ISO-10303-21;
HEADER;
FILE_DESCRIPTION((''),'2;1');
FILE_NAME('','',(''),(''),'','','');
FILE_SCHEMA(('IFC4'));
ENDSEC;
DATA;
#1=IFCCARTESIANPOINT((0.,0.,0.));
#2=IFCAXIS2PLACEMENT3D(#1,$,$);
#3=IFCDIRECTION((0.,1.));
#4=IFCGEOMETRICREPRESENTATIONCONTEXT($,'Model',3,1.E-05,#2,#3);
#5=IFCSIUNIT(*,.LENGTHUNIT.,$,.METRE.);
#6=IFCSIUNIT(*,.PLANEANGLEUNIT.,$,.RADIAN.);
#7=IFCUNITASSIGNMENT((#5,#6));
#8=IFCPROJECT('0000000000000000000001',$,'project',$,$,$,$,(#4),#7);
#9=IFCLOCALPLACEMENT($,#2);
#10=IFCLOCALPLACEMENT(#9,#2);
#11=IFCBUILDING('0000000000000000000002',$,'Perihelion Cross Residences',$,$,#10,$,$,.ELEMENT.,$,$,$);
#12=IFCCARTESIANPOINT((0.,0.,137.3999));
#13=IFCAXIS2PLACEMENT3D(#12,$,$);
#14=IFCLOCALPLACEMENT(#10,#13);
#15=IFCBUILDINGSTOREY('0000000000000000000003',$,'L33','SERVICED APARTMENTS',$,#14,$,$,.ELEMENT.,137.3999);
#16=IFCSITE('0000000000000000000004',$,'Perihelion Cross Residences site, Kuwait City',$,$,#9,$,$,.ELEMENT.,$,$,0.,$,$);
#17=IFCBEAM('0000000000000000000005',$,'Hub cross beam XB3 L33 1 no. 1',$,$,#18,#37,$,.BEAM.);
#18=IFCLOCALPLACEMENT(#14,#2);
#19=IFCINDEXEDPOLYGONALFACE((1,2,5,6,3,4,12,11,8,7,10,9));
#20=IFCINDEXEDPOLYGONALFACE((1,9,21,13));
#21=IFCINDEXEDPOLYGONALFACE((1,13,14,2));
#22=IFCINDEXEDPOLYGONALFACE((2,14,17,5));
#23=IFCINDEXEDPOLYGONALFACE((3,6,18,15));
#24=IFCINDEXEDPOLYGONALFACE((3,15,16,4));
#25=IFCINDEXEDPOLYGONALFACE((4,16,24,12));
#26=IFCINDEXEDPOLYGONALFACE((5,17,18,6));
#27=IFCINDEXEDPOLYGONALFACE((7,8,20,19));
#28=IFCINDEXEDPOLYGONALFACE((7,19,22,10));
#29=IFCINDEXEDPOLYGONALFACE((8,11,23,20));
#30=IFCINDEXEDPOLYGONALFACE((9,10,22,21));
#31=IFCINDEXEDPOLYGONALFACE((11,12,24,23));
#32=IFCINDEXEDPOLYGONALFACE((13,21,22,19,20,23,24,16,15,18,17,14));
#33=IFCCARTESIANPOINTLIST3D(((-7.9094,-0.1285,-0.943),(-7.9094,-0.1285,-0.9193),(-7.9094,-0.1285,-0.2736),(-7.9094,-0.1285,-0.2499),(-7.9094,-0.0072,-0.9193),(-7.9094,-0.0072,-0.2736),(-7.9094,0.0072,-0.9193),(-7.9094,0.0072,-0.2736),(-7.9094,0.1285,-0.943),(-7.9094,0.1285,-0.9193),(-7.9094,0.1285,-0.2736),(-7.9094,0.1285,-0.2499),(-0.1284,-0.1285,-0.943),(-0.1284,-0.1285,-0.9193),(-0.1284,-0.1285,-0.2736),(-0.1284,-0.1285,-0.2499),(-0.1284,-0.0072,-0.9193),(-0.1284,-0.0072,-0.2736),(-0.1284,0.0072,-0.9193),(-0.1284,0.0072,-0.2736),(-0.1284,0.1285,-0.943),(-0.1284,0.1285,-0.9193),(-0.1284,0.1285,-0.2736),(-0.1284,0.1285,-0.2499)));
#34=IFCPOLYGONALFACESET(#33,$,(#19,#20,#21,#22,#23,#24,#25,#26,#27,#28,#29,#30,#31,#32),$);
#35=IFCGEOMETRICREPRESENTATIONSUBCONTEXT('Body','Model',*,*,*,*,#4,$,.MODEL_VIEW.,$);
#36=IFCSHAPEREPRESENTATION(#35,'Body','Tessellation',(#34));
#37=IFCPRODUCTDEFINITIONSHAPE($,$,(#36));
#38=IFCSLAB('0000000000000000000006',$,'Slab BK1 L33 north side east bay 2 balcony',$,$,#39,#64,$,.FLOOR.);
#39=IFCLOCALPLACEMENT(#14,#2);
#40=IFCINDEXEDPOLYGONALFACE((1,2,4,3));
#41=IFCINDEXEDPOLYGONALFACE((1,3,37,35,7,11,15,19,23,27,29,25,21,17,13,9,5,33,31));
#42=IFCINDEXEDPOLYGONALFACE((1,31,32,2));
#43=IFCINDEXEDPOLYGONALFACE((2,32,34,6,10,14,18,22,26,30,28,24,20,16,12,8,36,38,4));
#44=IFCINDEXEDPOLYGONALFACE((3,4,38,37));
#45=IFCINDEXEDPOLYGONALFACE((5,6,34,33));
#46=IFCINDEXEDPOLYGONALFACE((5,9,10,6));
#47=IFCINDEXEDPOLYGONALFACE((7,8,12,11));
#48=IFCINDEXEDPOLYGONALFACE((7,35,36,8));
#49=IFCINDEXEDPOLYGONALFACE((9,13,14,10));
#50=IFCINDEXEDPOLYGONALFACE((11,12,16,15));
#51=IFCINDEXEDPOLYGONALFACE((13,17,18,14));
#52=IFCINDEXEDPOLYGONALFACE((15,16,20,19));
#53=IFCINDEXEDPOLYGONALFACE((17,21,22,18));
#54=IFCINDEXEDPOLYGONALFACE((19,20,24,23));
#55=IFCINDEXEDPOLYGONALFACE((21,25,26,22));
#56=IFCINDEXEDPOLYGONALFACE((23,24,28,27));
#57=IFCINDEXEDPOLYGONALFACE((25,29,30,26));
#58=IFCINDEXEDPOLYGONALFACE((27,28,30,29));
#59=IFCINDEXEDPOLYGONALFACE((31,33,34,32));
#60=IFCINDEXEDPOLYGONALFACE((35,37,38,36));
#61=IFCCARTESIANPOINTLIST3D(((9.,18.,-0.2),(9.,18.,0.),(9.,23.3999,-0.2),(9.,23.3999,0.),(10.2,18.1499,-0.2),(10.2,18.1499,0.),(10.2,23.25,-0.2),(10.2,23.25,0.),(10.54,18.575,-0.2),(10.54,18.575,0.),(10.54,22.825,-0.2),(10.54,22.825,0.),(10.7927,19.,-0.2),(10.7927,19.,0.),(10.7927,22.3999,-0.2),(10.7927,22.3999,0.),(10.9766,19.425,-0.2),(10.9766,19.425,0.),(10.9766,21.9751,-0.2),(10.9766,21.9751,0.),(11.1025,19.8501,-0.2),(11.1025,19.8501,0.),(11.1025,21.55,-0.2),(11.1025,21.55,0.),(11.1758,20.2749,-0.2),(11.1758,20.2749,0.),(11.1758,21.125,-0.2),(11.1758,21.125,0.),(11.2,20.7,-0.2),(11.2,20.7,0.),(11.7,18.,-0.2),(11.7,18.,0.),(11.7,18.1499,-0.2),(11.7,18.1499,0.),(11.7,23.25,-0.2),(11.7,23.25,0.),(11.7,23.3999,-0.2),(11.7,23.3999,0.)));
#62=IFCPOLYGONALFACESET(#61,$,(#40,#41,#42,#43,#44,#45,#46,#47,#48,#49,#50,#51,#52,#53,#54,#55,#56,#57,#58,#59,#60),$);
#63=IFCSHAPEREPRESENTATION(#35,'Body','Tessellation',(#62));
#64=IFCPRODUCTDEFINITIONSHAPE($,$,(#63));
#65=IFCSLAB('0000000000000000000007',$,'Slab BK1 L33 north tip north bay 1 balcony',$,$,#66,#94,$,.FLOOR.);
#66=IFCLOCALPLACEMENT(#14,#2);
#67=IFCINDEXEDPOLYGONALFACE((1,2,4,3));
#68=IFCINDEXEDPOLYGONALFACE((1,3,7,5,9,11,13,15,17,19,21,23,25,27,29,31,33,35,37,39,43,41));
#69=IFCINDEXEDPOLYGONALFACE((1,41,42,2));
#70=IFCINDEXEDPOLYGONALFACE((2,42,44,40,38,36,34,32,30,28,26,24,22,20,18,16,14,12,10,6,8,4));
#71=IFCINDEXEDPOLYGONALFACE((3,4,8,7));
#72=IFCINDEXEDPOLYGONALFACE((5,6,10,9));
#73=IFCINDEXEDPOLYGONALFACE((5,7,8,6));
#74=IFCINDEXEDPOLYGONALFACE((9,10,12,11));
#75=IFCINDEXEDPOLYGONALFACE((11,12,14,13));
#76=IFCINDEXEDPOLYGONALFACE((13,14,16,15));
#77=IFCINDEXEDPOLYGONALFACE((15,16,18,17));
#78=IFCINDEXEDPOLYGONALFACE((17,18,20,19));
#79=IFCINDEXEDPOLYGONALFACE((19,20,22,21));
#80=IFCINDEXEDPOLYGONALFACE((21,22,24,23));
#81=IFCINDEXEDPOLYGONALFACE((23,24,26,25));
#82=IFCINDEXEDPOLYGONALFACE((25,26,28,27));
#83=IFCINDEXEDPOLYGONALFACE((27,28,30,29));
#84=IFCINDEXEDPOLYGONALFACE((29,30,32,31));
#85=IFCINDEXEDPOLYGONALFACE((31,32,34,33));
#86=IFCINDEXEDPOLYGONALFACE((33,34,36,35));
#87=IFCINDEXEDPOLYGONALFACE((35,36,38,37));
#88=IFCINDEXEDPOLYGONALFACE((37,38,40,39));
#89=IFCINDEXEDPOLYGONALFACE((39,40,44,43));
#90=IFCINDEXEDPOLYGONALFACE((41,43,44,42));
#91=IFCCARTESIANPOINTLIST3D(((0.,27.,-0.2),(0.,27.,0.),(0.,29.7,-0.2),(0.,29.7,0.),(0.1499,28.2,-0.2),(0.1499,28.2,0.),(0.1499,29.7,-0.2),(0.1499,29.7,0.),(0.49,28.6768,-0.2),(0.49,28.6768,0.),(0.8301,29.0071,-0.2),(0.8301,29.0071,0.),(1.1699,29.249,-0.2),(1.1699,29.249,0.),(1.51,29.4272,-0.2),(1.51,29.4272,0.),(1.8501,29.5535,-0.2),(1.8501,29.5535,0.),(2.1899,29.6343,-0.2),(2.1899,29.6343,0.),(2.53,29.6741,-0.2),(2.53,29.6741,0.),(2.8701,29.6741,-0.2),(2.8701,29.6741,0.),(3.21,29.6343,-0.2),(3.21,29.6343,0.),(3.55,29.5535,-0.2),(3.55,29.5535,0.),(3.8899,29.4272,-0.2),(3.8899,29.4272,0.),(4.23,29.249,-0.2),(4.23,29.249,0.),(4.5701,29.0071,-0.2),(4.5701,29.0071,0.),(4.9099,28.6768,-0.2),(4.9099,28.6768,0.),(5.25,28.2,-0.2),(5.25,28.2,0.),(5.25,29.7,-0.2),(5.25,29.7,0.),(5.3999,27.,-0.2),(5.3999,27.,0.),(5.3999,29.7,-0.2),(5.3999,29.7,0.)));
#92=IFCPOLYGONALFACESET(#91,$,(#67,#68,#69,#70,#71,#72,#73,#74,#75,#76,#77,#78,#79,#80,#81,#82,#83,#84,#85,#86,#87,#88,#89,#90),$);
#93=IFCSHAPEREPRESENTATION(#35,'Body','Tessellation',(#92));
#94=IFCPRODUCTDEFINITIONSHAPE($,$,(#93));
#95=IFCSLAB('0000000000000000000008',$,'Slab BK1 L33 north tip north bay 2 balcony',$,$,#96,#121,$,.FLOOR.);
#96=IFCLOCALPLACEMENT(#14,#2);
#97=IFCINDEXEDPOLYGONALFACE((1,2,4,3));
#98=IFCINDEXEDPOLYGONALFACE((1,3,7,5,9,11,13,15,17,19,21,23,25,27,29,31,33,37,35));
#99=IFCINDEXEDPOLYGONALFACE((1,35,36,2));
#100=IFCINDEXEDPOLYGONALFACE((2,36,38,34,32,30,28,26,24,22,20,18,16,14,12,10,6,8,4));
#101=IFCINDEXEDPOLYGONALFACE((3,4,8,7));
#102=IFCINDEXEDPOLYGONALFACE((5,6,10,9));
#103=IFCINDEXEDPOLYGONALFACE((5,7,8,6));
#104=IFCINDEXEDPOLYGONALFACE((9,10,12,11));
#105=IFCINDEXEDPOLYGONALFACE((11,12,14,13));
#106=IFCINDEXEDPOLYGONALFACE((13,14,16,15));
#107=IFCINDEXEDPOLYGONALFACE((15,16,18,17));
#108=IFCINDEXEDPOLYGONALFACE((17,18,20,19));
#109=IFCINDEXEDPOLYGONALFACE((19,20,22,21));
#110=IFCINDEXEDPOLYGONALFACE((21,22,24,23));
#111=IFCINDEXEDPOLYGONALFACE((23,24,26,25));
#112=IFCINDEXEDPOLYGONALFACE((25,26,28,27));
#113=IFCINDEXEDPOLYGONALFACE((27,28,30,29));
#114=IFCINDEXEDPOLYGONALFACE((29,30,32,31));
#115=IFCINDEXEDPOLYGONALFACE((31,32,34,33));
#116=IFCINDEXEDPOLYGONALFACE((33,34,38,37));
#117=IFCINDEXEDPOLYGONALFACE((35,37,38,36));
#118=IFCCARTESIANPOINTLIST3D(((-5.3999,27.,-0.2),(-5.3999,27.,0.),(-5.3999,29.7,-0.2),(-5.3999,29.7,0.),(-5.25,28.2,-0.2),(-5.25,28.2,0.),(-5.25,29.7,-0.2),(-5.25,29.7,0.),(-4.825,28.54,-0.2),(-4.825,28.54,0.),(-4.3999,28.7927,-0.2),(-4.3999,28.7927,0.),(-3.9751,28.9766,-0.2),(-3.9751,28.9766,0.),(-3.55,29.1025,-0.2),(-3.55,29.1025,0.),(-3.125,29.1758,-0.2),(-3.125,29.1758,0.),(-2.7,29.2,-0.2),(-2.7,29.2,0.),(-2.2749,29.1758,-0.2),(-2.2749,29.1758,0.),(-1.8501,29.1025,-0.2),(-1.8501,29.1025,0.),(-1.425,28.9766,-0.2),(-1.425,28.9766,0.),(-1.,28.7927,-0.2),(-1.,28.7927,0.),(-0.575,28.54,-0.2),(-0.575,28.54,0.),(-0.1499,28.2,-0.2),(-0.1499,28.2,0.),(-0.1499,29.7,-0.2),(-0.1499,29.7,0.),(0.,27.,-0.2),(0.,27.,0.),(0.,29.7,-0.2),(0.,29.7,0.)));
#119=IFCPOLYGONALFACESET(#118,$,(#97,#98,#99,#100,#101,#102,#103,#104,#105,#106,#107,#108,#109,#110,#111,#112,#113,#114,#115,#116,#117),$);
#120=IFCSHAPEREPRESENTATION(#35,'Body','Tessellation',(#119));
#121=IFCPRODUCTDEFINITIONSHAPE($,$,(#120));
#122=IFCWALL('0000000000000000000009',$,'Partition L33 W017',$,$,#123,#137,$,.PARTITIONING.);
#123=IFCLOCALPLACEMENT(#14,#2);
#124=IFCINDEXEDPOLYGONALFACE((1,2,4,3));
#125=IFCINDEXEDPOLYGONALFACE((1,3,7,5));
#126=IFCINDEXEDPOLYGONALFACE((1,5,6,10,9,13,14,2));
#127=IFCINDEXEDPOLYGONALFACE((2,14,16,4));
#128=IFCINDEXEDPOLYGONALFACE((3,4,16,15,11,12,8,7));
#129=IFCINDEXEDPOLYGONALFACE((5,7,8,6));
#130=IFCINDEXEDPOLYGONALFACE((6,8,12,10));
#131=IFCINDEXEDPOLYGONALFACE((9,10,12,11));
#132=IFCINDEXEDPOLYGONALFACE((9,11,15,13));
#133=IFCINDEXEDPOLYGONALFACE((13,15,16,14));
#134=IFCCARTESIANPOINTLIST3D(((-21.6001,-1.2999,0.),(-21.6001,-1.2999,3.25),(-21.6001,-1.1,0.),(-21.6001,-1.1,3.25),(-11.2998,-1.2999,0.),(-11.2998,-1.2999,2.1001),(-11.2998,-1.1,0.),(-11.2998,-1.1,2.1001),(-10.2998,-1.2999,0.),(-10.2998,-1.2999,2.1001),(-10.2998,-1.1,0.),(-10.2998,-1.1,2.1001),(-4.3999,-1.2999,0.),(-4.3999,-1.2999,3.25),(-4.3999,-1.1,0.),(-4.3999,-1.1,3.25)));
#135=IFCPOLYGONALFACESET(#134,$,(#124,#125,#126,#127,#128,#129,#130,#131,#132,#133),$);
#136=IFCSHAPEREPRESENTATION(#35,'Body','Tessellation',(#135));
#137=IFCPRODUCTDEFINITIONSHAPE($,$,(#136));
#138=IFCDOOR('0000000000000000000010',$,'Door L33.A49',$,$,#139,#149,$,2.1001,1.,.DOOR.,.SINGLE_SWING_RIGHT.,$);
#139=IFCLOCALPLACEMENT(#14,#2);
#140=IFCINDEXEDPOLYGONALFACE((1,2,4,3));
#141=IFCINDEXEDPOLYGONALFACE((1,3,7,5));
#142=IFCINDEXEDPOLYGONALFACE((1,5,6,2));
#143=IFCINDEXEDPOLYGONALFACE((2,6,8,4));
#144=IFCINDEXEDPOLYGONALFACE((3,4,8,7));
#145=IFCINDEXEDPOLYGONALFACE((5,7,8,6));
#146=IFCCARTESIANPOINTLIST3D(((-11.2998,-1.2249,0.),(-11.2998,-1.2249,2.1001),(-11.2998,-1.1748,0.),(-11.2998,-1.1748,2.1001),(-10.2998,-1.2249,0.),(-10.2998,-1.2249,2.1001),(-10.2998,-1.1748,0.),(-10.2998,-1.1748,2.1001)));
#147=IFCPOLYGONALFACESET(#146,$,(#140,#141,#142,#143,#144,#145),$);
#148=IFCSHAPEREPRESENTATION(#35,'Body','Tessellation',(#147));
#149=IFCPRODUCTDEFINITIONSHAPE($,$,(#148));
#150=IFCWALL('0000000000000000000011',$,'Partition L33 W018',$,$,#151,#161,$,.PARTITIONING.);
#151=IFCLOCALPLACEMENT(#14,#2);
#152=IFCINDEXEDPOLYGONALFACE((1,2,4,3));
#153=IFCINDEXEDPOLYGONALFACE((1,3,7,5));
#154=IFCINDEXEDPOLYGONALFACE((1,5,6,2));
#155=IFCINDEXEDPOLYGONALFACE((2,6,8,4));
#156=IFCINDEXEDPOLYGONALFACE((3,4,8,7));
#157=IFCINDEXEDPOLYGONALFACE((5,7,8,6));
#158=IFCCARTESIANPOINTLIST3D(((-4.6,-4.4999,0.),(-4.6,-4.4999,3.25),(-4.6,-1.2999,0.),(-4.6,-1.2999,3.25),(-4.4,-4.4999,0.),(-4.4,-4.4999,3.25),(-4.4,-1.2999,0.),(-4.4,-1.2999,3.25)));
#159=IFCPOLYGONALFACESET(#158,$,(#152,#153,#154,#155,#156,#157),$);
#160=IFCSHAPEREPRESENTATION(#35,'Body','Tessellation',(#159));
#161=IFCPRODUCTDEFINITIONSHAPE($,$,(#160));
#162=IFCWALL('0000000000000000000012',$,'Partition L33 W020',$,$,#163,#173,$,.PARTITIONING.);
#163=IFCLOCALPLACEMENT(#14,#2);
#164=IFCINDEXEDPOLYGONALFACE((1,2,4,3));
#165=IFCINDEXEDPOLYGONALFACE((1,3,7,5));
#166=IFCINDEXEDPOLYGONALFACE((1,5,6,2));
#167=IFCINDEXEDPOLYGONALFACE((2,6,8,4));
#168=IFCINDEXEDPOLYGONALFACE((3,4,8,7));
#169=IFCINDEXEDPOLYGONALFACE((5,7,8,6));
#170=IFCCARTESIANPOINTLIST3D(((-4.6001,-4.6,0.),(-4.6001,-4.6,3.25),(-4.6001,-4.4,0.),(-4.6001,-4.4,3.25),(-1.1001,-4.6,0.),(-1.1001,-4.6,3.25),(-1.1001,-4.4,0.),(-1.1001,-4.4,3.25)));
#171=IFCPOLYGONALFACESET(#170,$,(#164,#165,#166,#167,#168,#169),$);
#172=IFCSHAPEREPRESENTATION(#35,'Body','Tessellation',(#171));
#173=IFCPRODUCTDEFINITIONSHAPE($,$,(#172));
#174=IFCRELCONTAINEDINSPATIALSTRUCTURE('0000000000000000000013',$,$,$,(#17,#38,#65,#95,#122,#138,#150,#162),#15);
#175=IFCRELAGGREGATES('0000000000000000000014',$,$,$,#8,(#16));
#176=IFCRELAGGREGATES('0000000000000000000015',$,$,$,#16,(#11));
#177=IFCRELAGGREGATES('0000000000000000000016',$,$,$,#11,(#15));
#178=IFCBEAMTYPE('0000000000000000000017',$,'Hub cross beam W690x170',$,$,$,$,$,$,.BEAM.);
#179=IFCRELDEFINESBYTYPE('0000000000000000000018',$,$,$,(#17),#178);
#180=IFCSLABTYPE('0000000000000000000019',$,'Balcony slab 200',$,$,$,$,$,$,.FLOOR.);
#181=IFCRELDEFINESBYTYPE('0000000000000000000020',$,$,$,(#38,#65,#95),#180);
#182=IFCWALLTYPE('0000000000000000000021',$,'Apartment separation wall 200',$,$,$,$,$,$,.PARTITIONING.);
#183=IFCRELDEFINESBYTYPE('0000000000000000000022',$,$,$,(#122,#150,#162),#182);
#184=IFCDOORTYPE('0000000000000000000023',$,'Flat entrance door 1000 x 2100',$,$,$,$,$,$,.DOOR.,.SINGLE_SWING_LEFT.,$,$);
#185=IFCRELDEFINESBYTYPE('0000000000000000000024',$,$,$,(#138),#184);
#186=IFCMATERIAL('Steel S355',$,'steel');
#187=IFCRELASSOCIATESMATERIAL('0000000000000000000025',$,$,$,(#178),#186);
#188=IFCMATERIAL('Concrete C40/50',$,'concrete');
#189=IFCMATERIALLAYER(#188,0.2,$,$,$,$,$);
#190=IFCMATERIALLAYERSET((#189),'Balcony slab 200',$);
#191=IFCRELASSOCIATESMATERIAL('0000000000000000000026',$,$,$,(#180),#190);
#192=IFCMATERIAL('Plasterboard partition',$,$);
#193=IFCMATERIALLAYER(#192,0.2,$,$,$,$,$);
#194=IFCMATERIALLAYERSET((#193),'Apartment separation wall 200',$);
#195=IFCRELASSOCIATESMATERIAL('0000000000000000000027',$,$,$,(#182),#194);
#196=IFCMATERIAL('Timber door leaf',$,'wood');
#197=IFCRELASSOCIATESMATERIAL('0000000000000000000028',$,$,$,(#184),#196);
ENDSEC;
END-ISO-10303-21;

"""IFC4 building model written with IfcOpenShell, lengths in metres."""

from ifc_helpers import new_model, si_unit, direction, frame, frame_2d, origin, origin_2d, place, context, subcontext, project, spatial, polyline, rectangle, i_section, outline, extrude, material, layer, layer_set, material_profile, profile_set, type_object, element, fill, save


model = new_model("IFC4")

# Units and contexts
model_context = context("Model", 3, precision=1e-05, world=origin(), true_north=direction((0.0, 1.0)))
body_context = subcontext(model_context, "Body", "Model", "MODEL_VIEW")
ifc_project = project(units=[si_unit("LENGTHUNIT", "METRE"), si_unit("PLANEANGLEUNIT", "RADIAN")], contexts=[model_context])

# Site, building, storey
site_placement = place(None, origin())
site = spatial("IfcSite", under=ifc_project, at=site_placement, Name="Perihelion Cross Residences site, Kuwait City", CompositionType="ELEMENT", RefElevation=0.0)
building_placement = place(site_placement, origin())
building = spatial("IfcBuilding", under=site, at=building_placement, Name="Perihelion Cross Residences", CompositionType="ELEMENT")
storey_placement = place(building_placement, frame((0.0, 0.0, 137.3999)))
storey = spatial("IfcBuildingStorey", under=building, at=storey_placement, Name="L33", Description="SERVICED APARTMENTS", CompositionType="ELEMENT", Elevation=137.3999)

# Beam
ifc_material_1 = material(Name="Steel S355", Category="steel")
ifc_material_profile = material_profile(ifc_material_1, i_section(OverallWidth=0.2571, OverallDepth=0.6931, WebThickness=0.0144, FlangeThickness=0.0237, at=origin_2d()), Name="W690x170")
ifc_profile_set = profile_set([ifc_material_profile], Name="Steel S355")
beam_type = type_object("IfcBeamType", Name="Hub cross beam W690x170", PredefinedType="BEAM", material=ifc_profile_set)
beam_placement = place(storey_placement, frame((-7.9094, 0.0, -0.5964), z_axis=(1.0, 0.0, 0.0), x_axis=(0.0, 1.0, 0.0)))
element("IfcBeam", 1, at=beam_placement, inside=storey, type_object=beam_type, Name="Hub cross beam XB3 L33 1 no. 1", PredefinedType="BEAM", context=body_context, shape_type="SweptSolid", body=[
    extrude(i_section(OverallWidth=0.2571, OverallDepth=0.6931, WebThickness=0.0144, FlangeThickness=0.0237, at=origin_2d()), origin(), (0.0, 0.0, 1.0), 7.781),
])

# Slabs
ifc_material_2 = material(Name="Concrete C40/50", Category="concrete")
ifc_layer_1 = layer(ifc_material_2, 0.2)
ifc_layer_set_1 = layer_set([ifc_layer_1], Name="Balcony slab 200")
slab_type_1 = type_object("IfcSlabType", Name="Balcony slab 200", PredefinedType="FLOOR", material=ifc_layer_set_1)
slab_1_placement = place(storey_placement, frame((0.0, 0.0, -0.2)))
element("IfcSlab", 2, at=slab_1_placement, inside=storey, type_object=slab_type_1, Name="Slab BK1 L33 north side east bay 2 balcony", PredefinedType="FLOOR", context=body_context, shape_type="SweptSolid", body=[
    extrude(outline(polyline([(9.0, 18.0), (9.0, 23.3999), (11.7, 23.3999), (11.7, 23.25), (10.2, 23.25), (10.54, 22.825), (10.7927, 22.3999), (10.9766, 21.9751), (11.1025, 21.55), (11.1758, 21.125), (11.2, 20.7), (11.1758, 20.2749), (11.1025, 19.8501), (10.9766, 19.425), (10.7927, 19.0), (10.54, 18.575), (10.2, 18.1499), (11.7, 18.1499), (11.7, 18.0), (9.0, 18.0)])), origin(), (0.0, 0.0, 1.0), 0.2),
])
slab_2_placement = place(storey_placement, frame((0.0, 0.0, -0.2)))
element("IfcSlab", 3, at=slab_2_placement, inside=storey, type_object=slab_type_1, Name="Slab BK1 L33 north tip north bay 1 balcony", PredefinedType="FLOOR", context=body_context, shape_type="SweptSolid", body=[
    extrude(outline(polyline([(5.3999, 27.0), (0.0, 27.0), (0.0, 29.7), (0.1499, 29.7), (0.1499, 28.2), (0.49, 28.6768), (0.8301, 29.0071), (1.1699, 29.249), (1.51, 29.4272), (1.8501, 29.5535), (2.1899, 29.6343), (2.53, 29.6741), (2.8701, 29.6741), (3.21, 29.6343), (3.55, 29.5535), (3.8899, 29.4272), (4.23, 29.249), (4.5701, 29.0071), (4.9099, 28.6768), (5.25, 28.2), (5.25, 29.7), (5.3999, 29.7), (5.3999, 27.0)])), origin(), (0.0, 0.0, 1.0), 0.2),
])
slab_3_placement = place(storey_placement, frame((0.0, 0.0, -0.2)))
element("IfcSlab", 4, at=slab_3_placement, inside=storey, type_object=slab_type_1, Name="Slab BK1 L33 north tip north bay 2 balcony", PredefinedType="FLOOR", context=body_context, shape_type="SweptSolid", body=[
    extrude(outline(polyline([(0.0, 27.0), (-5.3999, 27.0), (-5.3999, 29.7), (-5.25, 29.7), (-5.25, 28.2), (-4.825, 28.54), (-4.3999, 28.7927), (-3.9751, 28.9766), (-3.55, 29.1025), (-3.125, 29.1758), (-2.7, 29.2), (-2.2749, 29.1758), (-1.8501, 29.1025), (-1.425, 28.9766), (-1.0, 28.7927), (-0.575, 28.54), (-0.1499, 28.2), (-0.1499, 29.7), (0.0, 29.7), (0.0, 27.0)])), origin(), (0.0, 0.0, 1.0), 0.2),
])

# Wall, opening, door
ifc_material_3 = material(Name="Plasterboard partition")
ifc_layer_2 = layer(ifc_material_3, 0.2)
ifc_layer_set_2 = layer_set([ifc_layer_2], Name="Apartment separation wall 200")
wall_type_1 = type_object("IfcWallType", Name="Apartment separation wall 200", PredefinedType="PARTITIONING", material=ifc_layer_set_2)
wall_1_placement = place(storey_placement, frame((-4.3999, -1.2, 0.0), z_axis=(0.0, 0.0, 1.0), x_axis=(-1.0, 0.0, 0.0)))
wall_1 = element("IfcWall", 5, at=wall_1_placement, inside=storey, type_object=wall_type_1, Name="Partition L33 W017", PredefinedType="PARTITIONING", context=body_context, shape_type="SweptSolid", body=[
    extrude(rectangle(XDim=17.2002, YDim=0.2, at=frame_2d((8.6001, 0.0))), origin(), (0.0, 0.0, 1.0), 3.25),
])
opening_1_placement = place(wall_1_placement, frame((5.8999, 0.0, 0.0)))
opening_1 = element("IfcOpeningElement", 6, at=opening_1_placement, cuts=wall_1, PredefinedType="OPENING", context=body_context, shape_type="SweptSolid", body=[
    extrude(rectangle(XDim=1.0, YDim=2.1001, at=frame_2d((0.5, 1.05))), frame((0.0, 0.1099, 0.0), z_axis=(0.0, -1.0, 0.0), x_axis=(1.0, 0.0, 0.0)), (0.0, 0.0, 1.0), 0.22),
])
ifc_material_4 = material(Name="Timber door leaf", Category="wood")
door_type_1 = type_object("IfcDoorType", Name="Flat entrance door 1000 x 2100", OperationType="SINGLE_SWING_LEFT", PredefinedType="DOOR", material=ifc_material_4)
door_1_placement = place(opening_1_placement, origin())
door_1 = element("IfcDoor", 7, at=door_1_placement, inside=storey, type_object=door_type_1, Name="Door L33.A49", OperationType="SINGLE_SWING_RIGHT", OverallHeight=2.1001, OverallWidth=1.0, PredefinedType="DOOR", context=body_context, shape_type="SweptSolid", body=[
    extrude(rectangle(XDim=1.0, YDim=2.1001, at=frame_2d((0.5, 1.05))), frame((0.0, 0.0249, 0.0), z_axis=(0.0, -1.0, 0.0), x_axis=(1.0, 0.0, 0.0)), (0.0, 0.0, 1.0), 0.05),
])
fill(opening_1, door_1)

# Walls
wall_2_placement = place(storey_placement, frame((-4.5, -4.5, 0.0), z_axis=(0.0, 0.0, 1.0), x_axis=(0.0, 1.0, 0.0)))
element("IfcWall", 8, at=wall_2_placement, inside=storey, type_object=wall_type_1, Name="Partition L33 W018", PredefinedType="PARTITIONING", context=body_context, shape_type="SweptSolid", body=[
    extrude(rectangle(XDim=3.2, YDim=0.2, at=frame_2d((1.6001, 0.0))), origin(), (0.0, 0.0, 1.0), 3.25),
])
wall_3_placement = place(storey_placement, frame((-1.1001, -4.5, 0.0), z_axis=(0.0, 0.0, 1.0), x_axis=(-1.0, 0.0, 0.0)))
element("IfcWall", 9, at=wall_3_placement, inside=storey, type_object=wall_type_1, Name="Partition L33 W020", PredefinedType="PARTITIONING", context=body_context, shape_type="SweptSolid", body=[
    extrude(rectangle(XDim=3.5, YDim=0.2, at=frame_2d((1.75, 0.0))), origin(), (0.0, 0.0, 1.0), 3.25),
])

save(model, "model.ifc")
